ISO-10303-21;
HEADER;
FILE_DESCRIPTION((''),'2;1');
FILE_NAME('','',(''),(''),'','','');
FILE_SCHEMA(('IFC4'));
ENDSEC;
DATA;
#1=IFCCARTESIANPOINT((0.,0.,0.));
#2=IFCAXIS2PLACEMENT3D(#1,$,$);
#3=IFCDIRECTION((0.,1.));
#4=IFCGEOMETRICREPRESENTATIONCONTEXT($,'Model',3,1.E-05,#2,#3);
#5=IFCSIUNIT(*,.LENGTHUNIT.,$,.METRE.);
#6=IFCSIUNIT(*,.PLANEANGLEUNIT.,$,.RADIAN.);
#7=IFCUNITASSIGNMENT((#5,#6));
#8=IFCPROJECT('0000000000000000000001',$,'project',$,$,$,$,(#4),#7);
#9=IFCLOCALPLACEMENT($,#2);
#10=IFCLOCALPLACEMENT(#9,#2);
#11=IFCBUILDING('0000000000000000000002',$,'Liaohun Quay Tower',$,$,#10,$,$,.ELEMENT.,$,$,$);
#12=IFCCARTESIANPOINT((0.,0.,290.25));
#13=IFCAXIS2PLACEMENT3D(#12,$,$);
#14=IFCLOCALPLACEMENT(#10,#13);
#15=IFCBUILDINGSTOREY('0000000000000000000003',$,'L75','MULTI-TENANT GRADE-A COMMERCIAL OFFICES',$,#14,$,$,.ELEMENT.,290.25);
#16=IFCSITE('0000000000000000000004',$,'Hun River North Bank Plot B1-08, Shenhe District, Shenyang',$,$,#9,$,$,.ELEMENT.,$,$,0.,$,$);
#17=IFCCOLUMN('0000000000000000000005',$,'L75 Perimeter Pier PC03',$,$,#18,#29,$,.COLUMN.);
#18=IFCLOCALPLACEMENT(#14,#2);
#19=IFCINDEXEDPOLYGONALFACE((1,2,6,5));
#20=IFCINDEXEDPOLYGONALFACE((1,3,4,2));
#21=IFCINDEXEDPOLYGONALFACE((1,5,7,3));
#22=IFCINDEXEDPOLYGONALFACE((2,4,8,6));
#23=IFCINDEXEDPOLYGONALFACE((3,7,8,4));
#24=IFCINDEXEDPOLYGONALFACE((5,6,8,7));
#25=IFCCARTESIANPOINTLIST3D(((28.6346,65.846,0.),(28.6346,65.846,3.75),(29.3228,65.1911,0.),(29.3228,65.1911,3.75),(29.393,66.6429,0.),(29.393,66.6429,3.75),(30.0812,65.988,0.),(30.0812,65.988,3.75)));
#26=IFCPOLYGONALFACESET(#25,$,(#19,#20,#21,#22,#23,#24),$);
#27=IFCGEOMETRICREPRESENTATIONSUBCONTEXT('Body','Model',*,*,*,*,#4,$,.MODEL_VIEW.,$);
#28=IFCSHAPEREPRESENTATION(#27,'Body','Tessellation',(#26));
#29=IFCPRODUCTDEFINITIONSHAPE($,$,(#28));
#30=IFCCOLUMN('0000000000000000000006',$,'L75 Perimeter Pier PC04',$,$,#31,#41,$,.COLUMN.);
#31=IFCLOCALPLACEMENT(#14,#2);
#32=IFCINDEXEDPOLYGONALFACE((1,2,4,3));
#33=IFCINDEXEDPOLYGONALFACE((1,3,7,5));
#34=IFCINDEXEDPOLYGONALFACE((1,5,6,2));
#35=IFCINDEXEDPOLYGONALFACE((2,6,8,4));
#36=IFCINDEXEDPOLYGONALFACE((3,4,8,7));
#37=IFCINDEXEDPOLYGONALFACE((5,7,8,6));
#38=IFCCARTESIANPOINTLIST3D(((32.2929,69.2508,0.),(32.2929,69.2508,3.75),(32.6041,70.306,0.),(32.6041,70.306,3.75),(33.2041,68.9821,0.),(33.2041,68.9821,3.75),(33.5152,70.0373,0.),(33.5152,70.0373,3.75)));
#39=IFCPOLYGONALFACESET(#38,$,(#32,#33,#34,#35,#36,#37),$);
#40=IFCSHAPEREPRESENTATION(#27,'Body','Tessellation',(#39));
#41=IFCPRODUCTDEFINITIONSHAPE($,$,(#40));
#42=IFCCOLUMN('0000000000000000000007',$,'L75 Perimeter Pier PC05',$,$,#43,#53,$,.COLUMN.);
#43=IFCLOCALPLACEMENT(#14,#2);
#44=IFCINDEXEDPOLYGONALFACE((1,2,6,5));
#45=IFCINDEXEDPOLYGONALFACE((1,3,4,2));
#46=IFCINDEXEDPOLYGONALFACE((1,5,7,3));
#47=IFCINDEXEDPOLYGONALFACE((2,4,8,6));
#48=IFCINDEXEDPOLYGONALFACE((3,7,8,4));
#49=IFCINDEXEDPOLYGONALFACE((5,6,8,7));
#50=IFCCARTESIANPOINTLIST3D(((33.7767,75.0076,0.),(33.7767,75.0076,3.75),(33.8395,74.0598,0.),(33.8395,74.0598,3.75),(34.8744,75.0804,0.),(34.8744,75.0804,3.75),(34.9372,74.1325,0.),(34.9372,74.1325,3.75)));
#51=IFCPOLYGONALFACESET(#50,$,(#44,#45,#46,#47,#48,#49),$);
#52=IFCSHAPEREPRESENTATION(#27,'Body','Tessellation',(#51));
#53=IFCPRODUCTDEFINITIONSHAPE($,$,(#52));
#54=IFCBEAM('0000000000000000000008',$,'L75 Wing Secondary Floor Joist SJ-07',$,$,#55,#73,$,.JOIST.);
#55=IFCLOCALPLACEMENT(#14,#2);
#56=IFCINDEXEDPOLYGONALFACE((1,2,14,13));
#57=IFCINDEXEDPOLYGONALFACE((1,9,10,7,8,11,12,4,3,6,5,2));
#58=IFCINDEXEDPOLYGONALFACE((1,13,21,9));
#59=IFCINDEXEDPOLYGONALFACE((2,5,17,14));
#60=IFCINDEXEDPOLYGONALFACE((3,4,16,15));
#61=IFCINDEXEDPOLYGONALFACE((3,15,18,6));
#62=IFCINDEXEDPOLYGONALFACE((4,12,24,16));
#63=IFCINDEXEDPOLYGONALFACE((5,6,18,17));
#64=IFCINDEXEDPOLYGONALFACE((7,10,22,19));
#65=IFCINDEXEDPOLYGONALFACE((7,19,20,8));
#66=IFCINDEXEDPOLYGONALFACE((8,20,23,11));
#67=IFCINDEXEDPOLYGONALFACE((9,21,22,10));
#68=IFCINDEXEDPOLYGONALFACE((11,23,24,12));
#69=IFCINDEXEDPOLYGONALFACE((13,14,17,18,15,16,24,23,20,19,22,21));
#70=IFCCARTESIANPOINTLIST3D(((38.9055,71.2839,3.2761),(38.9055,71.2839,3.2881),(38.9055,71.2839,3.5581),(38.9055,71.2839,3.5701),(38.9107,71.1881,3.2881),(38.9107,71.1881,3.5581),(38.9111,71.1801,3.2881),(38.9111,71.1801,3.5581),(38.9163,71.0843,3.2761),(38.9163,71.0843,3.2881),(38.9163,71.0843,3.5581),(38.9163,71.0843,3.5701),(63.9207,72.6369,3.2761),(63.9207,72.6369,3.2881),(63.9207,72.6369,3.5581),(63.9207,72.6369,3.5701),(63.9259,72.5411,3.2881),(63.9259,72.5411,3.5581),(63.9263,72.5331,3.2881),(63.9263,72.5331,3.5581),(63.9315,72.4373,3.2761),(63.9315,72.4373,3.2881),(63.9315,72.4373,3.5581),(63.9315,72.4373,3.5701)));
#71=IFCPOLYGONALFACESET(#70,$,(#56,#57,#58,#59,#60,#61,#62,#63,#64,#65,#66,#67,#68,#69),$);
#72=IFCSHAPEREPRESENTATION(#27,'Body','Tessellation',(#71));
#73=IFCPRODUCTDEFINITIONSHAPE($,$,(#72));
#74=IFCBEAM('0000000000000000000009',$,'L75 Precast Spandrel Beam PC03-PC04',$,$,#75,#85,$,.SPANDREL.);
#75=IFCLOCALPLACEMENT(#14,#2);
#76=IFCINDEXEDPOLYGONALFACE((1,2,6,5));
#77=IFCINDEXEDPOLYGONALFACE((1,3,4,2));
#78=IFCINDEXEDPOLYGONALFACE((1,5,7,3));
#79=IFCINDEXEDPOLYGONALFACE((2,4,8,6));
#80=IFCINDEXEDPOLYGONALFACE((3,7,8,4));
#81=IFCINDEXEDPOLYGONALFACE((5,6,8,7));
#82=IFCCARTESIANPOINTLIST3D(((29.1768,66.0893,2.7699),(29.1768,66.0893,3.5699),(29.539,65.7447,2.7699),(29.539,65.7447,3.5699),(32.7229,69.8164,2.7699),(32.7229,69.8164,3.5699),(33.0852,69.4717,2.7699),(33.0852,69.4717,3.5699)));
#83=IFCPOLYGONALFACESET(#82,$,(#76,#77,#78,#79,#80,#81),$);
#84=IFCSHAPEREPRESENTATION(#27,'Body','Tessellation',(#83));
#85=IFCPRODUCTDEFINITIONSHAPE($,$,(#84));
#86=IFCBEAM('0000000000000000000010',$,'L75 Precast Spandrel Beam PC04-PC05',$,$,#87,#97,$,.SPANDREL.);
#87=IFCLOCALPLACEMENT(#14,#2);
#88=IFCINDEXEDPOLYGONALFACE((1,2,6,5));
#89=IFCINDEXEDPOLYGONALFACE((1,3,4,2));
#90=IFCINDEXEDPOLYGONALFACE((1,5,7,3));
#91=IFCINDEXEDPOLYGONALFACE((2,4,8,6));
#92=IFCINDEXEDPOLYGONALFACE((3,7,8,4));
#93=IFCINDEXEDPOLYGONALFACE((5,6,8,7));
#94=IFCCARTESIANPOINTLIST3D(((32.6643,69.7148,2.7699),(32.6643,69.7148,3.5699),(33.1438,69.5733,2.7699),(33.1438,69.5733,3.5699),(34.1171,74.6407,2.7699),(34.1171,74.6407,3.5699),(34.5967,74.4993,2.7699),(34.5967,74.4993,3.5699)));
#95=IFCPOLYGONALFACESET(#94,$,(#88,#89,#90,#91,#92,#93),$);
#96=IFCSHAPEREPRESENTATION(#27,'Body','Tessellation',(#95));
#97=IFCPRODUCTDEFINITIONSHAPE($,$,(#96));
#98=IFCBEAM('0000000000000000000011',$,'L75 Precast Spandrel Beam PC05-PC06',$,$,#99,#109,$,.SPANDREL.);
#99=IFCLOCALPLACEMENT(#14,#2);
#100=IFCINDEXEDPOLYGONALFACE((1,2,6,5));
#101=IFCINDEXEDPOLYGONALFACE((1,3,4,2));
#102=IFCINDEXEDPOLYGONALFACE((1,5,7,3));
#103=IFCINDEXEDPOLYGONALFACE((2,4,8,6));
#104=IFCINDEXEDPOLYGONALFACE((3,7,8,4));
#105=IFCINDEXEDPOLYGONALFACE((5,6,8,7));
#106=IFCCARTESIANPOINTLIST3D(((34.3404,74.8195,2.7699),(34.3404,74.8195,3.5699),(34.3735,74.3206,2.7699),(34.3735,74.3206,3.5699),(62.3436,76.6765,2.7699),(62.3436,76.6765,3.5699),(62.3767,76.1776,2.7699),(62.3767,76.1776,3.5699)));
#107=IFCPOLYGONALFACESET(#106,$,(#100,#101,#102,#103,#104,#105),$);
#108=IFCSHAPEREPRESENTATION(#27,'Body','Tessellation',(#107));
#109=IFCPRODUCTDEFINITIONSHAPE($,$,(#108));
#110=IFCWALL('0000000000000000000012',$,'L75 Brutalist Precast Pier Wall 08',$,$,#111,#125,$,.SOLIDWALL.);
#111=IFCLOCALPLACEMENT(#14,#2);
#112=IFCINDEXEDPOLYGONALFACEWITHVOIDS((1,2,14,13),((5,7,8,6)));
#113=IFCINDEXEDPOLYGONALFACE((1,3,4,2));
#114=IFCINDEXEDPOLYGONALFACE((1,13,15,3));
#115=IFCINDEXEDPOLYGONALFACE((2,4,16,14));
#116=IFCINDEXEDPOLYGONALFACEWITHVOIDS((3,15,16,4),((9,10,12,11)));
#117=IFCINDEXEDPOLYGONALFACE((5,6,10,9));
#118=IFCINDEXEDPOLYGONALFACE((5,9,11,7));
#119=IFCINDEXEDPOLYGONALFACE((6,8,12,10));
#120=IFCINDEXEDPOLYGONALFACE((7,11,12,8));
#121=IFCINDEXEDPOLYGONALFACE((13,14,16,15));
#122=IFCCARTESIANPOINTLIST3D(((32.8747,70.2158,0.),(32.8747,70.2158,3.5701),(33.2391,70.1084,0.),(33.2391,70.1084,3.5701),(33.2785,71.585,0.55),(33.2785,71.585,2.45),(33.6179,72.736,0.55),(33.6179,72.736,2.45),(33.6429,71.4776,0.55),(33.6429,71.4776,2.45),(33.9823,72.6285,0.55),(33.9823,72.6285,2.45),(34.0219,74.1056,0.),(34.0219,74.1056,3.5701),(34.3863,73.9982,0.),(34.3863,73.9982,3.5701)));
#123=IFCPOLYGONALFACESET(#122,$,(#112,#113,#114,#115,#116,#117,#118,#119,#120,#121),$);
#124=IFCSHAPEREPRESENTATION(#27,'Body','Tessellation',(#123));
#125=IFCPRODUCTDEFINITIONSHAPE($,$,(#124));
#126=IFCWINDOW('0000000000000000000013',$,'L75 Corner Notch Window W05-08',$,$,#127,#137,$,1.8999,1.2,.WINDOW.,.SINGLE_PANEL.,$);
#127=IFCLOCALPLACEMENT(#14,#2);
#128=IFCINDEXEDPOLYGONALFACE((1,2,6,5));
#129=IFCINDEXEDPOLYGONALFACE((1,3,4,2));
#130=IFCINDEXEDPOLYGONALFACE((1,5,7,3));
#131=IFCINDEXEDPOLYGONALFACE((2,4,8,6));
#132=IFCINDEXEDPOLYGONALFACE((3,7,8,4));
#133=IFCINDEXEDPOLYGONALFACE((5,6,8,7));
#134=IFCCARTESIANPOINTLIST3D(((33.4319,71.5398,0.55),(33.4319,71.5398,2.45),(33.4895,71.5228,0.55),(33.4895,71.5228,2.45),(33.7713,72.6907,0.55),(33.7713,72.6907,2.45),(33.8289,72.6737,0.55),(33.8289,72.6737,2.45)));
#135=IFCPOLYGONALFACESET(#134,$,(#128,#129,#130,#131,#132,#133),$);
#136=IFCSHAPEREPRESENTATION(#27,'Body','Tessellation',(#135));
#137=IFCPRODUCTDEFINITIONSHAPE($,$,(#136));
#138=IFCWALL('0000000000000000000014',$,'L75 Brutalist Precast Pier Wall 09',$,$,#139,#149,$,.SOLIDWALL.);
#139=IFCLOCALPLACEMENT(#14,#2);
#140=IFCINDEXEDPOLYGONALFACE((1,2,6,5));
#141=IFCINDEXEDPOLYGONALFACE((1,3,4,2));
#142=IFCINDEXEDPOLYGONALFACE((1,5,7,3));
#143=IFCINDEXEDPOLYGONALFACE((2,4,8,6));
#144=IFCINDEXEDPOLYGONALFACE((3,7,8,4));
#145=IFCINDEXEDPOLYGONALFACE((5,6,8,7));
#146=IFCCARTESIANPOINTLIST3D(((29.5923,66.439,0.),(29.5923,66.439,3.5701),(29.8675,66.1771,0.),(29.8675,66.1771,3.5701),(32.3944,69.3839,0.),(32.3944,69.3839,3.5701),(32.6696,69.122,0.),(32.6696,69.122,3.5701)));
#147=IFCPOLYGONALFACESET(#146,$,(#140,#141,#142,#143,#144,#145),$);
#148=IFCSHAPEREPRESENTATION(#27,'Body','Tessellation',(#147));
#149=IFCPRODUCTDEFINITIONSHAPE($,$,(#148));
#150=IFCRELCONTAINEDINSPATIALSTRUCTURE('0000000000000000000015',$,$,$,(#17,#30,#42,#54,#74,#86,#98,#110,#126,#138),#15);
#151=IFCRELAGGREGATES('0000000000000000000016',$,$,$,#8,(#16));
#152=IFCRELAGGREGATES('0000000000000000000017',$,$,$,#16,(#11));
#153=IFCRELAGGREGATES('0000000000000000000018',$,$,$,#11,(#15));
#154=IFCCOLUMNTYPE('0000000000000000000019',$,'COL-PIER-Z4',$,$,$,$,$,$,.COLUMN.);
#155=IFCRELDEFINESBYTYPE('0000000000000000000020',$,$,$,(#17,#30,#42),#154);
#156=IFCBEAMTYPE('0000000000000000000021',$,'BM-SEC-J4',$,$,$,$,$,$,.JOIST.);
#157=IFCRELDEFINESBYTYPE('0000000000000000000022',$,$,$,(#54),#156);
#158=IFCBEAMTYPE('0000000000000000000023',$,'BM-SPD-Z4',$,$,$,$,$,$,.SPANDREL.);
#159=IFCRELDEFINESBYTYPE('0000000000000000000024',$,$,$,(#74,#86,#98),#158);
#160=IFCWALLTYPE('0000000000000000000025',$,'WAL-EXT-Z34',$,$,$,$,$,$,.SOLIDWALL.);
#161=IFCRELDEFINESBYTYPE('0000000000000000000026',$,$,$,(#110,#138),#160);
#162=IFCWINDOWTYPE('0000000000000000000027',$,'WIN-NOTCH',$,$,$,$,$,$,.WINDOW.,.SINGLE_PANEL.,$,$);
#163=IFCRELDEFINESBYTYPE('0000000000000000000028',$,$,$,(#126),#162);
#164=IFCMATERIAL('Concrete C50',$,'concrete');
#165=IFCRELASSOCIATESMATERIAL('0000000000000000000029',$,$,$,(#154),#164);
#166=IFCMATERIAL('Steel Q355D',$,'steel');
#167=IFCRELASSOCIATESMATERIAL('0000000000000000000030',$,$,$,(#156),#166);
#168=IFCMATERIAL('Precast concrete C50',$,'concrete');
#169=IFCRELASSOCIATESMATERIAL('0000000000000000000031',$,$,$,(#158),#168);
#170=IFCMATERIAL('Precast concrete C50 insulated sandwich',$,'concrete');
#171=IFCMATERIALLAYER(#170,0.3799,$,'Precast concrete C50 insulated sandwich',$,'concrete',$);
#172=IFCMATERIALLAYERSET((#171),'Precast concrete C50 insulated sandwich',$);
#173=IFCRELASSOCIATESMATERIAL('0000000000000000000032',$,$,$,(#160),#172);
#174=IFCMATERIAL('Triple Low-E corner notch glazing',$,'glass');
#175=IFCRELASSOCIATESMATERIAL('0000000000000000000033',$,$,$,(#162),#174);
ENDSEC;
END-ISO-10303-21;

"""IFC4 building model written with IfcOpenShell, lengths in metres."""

from ifc_helpers import new_model, si_unit, direction, frame, frame_2d, origin, origin_2d, place, context, subcontext, project, spatial, rectangle, i_section, extrude, source, transform, mapped, material, layer, layer_set, material_profile, profile_set, type_object, element, fill, save


model = new_model("IFC4")

# Units and contexts
model_context = context("Model", 3, precision=1e-05, world=origin(), true_north=direction((0.0, 1.0)))
body_context = subcontext(model_context, "Body", "Model", "MODEL_VIEW")
ifc_project = project(units=[si_unit("LENGTHUNIT", "METRE"), si_unit("PLANEANGLEUNIT", "RADIAN")], contexts=[model_context])

# Site, building, storey
site_placement = place(None, origin())
site = spatial("IfcSite", under=ifc_project, at=site_placement, Name="Hun River North Bank Plot B1-08, Shenhe District, Shenyang", CompositionType="ELEMENT", RefElevation=0.0)
building_placement = place(site_placement, origin())
building = spatial("IfcBuilding", under=site, at=building_placement, Name="Liaohun Quay Tower", CompositionType="ELEMENT")
storey_placement = place(building_placement, frame((0.0, 0.0, 290.25)))
storey = spatial("IfcBuildingStorey", under=building, at=storey_placement, Name="L75", Description="MULTI-TENANT GRADE-A COMMERCIAL OFFICES", CompositionType="ELEMENT", Elevation=290.25)

# Columns
ifc_material_1 = material(Name="Concrete C50", Category="concrete")
ifc_material_profile_1 = material_profile(ifc_material_1, rectangle(XDim=1.1001, YDim=0.95, at=origin_2d()), Name="RC1100x950")
ifc_profile_set_1 = profile_set([ifc_material_profile_1], Name="Concrete C50")
column_type = type_object("IfcColumnType", Name="COL-PIER-Z4", PredefinedType="COLUMN", material=ifc_profile_set_1)
shared_shape_1 = source(origin(), body_context, "Body", "SweptSolid", [
    extrude(rectangle(XDim=1.1001, YDim=0.95, at=origin_2d()), origin(), (0.0, 0.0, 1.0), 3.75),
])
for number, where, z_axis, x_axis, name in (
    (1, (29.3579, 65.917, 0.0), (0.0, 0.0, 1.0), (0.689367, 0.724413, 0.0), "L75 Perimeter Pier PC03"),
    (2, (32.9041, 69.644, 0.0), (0.0, 0.0, 1.0), (0.282844, 0.959166, 0.0), "L75 Perimeter Pier PC04"),
    (3, (34.3569, 74.5701, 0.0), (0.0, 0.0, 1.0), (0.997813, 0.0661, 0.0), "L75 Perimeter Pier PC05"),
):
    element("IfcColumn", number, at=place(storey_placement, frame(where, z_axis=z_axis, x_axis=x_axis)), inside=storey, type_object=column_type, Name=name, PredefinedType="COLUMN", context=body_context, shape_type="MappedRepresentation", body=[
        mapped(shared_shape_1, transform((0.0, 0.0, 0.0), x_axis=(1.0, 0.0, 0.0), y_axis=(0.0, 1.0, 0.0), z_axis=(0.0, 0.0, 1.0), scale=1.0)),
    ])

# Beams
ifc_material_2 = material(Name="Steel Q355D", Category="steel")
ifc_material_profile_2 = material_profile(ifc_material_2, i_section(OverallWidth=0.2, OverallDepth=0.2939, WebThickness=0.0081, FlangeThickness=0.012, at=origin_2d()), Name="HM294x200x8x12")
ifc_profile_set_2 = profile_set([ifc_material_profile_2], Name="Steel Q355D")
beam_type_1 = type_object("IfcBeamType", Name="BM-SEC-J4", PredefinedType="JOIST", material=ifc_profile_set_2)
shared_shape_2 = source(origin(), body_context, "Body", "SweptSolid", [
    extrude(i_section(OverallWidth=0.2, OverallDepth=0.2939, WebThickness=0.0081, FlangeThickness=0.012, at=origin_2d()), origin(), (0.0, 0.0, 1.0), 25.0518),
])
beam_1_placement = place(storey_placement, frame((38.9109, 71.1841, 3.4231), z_axis=(0.99854, 0.054009, 0.0), x_axis=(-0.054009, 0.99854, 0.0)))
element("IfcBeam", 4, at=beam_1_placement, inside=storey, type_object=beam_type_1, Name="L75 Wing Secondary Floor Joist SJ-07", PredefinedType="JOIST", context=body_context, shape_type="MappedRepresentation", body=[
    mapped(shared_shape_2, transform((0.0, 0.0, 0.0), x_axis=(1.0, 0.0, 0.0), y_axis=(0.0, 1.0, 0.0), z_axis=(0.0, 0.0, 1.0), scale=1.0)),
])
ifc_material_3 = material(Name="Precast concrete C50", Category="concrete")
ifc_material_profile_3 = material_profile(ifc_material_3, rectangle(XDim=0.5, YDim=0.8, at=origin_2d()), Name="RC500x800")
ifc_profile_set_3 = profile_set([ifc_material_profile_3], Name="Precast concrete C50")
beam_type_2 = type_object("IfcBeamType", Name="BM-SPD-Z4", PredefinedType="SPANDREL", material=ifc_profile_set_3)
shared_shape_3 = source(origin(), body_context, "Body", "SweptSolid", [
    extrude(rectangle(XDim=0.5, YDim=0.8, at=origin_2d()), origin(), (0.0, 0.0, 1.0), 5.1445),
])
beam_2_placement = place(storey_placement, frame((29.3579, 65.917, 3.1699), z_axis=(0.689306, 0.724471, 0.0), x_axis=(-0.724471, 0.689306, 0.0)))
element("IfcBeam", 5, at=beam_2_placement, inside=storey, type_object=beam_type_2, Name="L75 Precast Spandrel Beam PC03-PC04", PredefinedType="SPANDREL", context=body_context, shape_type="MappedRepresentation", body=[
    mapped(shared_shape_3, transform((0.0, 0.0, 0.0), x_axis=(1.0, 0.0, 0.0), y_axis=(0.0, 1.0, 0.0), z_axis=(0.0, 0.0, 1.0), scale=1.0)),
])
shared_shape_4 = source(origin(), body_context, "Body", "SweptSolid", [
    extrude(rectangle(XDim=0.5, YDim=0.8, at=origin_2d()), origin(), (0.0, 0.0, 1.0), 5.1357),
])
beam_3_placement = place(storey_placement, frame((32.9041, 69.644, 3.1699), z_axis=(0.282892, 0.959152, 0.0), x_axis=(-0.959152, 0.282892, 0.0)))
element("IfcBeam", 6, at=beam_3_placement, inside=storey, type_object=beam_type_2, Name="L75 Precast Spandrel Beam PC04-PC05", PredefinedType="SPANDREL", context=body_context, shape_type="MappedRepresentation", body=[
    mapped(shared_shape_4, transform((0.0, 0.0, 0.0), x_axis=(1.0, 0.0, 0.0), y_axis=(0.0, 1.0, 0.0), z_axis=(0.0, 0.0, 1.0), scale=1.0)),
])
shared_shape_5 = source(origin(), body_context, "Body", "SweptSolid", [
    extrude(rectangle(XDim=0.5, YDim=0.8, at=origin_2d()), origin(), (0.0, 0.0, 1.0), 28.0647),
])
beam_4_placement = place(storey_placement, frame((34.3569, 74.5701, 3.1699), z_axis=(0.997809, 0.066166, 0.0), x_axis=(-0.066166, 0.997809, 0.0)))
element("IfcBeam", 7, at=beam_4_placement, inside=storey, type_object=beam_type_2, Name="L75 Precast Spandrel Beam PC05-PC06", PredefinedType="SPANDREL", context=body_context, shape_type="MappedRepresentation", body=[
    mapped(shared_shape_5, transform((0.0, 0.0, 0.0), x_axis=(1.0, 0.0, 0.0), y_axis=(0.0, 1.0, 0.0), z_axis=(0.0, 0.0, 1.0), scale=1.0)),
])

# Wall, opening, window
ifc_material_4 = material(Name="Precast concrete C50 insulated sandwich", Category="concrete")
ifc_layer_1 = layer(ifc_material_4, 0.3799, Name="Precast concrete C50 insulated sandwich", Category="concrete")
ifc_layer_set_1 = layer_set([ifc_layer_1], Name="Precast concrete C50 insulated sandwich")
wall_type_1 = type_object("IfcWallType", Name="WAL-EXT-Z34", PredefinedType="SOLIDWALL", material=ifc_layer_set_1)
wall_1_placement = place(storey_placement, frame((34.2041, 74.052, 0.0), z_axis=(0.0, 0.0, 1.0), x_axis=(-0.282877, -0.959156, 0.0)))
wall_1 = element("IfcWall", 8, at=wall_1_placement, inside=storey, type_object=wall_type_1, Name="L75 Brutalist Precast Pier Wall 08", PredefinedType="SOLIDWALL", context=body_context, shape_type="SweptSolid", body=[
    extrude(rectangle(XDim=4.0554, YDim=0.3799, at=frame_2d((2.0278, 0.0))), origin(), (0.0, 0.0, 1.0), 3.5701),
])
shared_shape_6 = source(origin(), body_context, "Body", "SweptSolid", [
    extrude(rectangle(XDim=1.2, YDim=1.8999, at=frame_2d((0.6001, 0.95))), frame((0.0, 0.2, 0.0), z_axis=(0.0, -1.0, 0.0), x_axis=(1.0, 0.0, 0.0)), (0.0, 0.0, 1.0), 0.3999),
])
opening_1_placement = place(wall_1_placement, frame((1.428, 0.0, 0.55)))
opening_1 = element("IfcOpeningElement", 9, at=opening_1_placement, cuts=wall_1, PredefinedType="OPENING", context=body_context, shape_type="MappedRepresentation", body=[
    mapped(shared_shape_6, transform((0.0, 0.0, 0.0), x_axis=(1.0, 0.0, 0.0), y_axis=(0.0, 1.0, 0.0), z_axis=(0.0, 0.0, 1.0), scale=1.0)),
])
ifc_material_5 = material(Name="Triple Low-E corner notch glazing", Category="glass")
window_type_1 = type_object("IfcWindowType", Name="WIN-NOTCH", PartitioningType="SINGLE_PANEL", PredefinedType="WINDOW", material=ifc_material_5)
shared_shape_7 = source(origin(), body_context, "Body", "SweptSolid", [
    extrude(rectangle(XDim=1.2, YDim=1.8999, at=frame_2d((0.6001, 0.95))), frame((0.0, 0.03, 0.0), z_axis=(0.0, -1.0, 0.0), x_axis=(1.0, 0.0, 0.0)), (0.0, 0.0, 1.0), 0.0601),
])
window_1_placement = place(opening_1_placement, origin())
window_1 = element("IfcWindow", 10, at=window_1_placement, inside=storey, type_object=window_type_1, Name="L75 Corner Notch Window W05-08", OverallHeight=1.8999, OverallWidth=1.2, PartitioningType="SINGLE_PANEL", PredefinedType="WINDOW", context=body_context, shape_type="MappedRepresentation", body=[
    mapped(shared_shape_7, transform((0.0, 0.0, 0.0), x_axis=(1.0, 0.0, 0.0), y_axis=(0.0, 1.0, 0.0), z_axis=(0.0, 0.0, 1.0), scale=1.0)),
])
fill(opening_1, window_1)

# Wall
wall_2_placement = place(storey_placement, frame((32.532, 69.2529, 0.0), z_axis=(0.0, 0.0, 1.0), x_axis=(-0.689321, -0.724456, 0.0)))
element("IfcWall", 11, at=wall_2_placement, inside=storey, type_object=wall_type_1, Name="L75 Brutalist Precast Pier Wall 09", PredefinedType="SOLIDWALL", context=body_context, shape_type="SweptSolid", body=[
    extrude(rectangle(XDim=4.0649, YDim=0.3799, at=frame_2d((2.0325, 0.0))), origin(), (0.0, 0.0, 1.0), 3.5701),
])

save(model, "model.ifc")
